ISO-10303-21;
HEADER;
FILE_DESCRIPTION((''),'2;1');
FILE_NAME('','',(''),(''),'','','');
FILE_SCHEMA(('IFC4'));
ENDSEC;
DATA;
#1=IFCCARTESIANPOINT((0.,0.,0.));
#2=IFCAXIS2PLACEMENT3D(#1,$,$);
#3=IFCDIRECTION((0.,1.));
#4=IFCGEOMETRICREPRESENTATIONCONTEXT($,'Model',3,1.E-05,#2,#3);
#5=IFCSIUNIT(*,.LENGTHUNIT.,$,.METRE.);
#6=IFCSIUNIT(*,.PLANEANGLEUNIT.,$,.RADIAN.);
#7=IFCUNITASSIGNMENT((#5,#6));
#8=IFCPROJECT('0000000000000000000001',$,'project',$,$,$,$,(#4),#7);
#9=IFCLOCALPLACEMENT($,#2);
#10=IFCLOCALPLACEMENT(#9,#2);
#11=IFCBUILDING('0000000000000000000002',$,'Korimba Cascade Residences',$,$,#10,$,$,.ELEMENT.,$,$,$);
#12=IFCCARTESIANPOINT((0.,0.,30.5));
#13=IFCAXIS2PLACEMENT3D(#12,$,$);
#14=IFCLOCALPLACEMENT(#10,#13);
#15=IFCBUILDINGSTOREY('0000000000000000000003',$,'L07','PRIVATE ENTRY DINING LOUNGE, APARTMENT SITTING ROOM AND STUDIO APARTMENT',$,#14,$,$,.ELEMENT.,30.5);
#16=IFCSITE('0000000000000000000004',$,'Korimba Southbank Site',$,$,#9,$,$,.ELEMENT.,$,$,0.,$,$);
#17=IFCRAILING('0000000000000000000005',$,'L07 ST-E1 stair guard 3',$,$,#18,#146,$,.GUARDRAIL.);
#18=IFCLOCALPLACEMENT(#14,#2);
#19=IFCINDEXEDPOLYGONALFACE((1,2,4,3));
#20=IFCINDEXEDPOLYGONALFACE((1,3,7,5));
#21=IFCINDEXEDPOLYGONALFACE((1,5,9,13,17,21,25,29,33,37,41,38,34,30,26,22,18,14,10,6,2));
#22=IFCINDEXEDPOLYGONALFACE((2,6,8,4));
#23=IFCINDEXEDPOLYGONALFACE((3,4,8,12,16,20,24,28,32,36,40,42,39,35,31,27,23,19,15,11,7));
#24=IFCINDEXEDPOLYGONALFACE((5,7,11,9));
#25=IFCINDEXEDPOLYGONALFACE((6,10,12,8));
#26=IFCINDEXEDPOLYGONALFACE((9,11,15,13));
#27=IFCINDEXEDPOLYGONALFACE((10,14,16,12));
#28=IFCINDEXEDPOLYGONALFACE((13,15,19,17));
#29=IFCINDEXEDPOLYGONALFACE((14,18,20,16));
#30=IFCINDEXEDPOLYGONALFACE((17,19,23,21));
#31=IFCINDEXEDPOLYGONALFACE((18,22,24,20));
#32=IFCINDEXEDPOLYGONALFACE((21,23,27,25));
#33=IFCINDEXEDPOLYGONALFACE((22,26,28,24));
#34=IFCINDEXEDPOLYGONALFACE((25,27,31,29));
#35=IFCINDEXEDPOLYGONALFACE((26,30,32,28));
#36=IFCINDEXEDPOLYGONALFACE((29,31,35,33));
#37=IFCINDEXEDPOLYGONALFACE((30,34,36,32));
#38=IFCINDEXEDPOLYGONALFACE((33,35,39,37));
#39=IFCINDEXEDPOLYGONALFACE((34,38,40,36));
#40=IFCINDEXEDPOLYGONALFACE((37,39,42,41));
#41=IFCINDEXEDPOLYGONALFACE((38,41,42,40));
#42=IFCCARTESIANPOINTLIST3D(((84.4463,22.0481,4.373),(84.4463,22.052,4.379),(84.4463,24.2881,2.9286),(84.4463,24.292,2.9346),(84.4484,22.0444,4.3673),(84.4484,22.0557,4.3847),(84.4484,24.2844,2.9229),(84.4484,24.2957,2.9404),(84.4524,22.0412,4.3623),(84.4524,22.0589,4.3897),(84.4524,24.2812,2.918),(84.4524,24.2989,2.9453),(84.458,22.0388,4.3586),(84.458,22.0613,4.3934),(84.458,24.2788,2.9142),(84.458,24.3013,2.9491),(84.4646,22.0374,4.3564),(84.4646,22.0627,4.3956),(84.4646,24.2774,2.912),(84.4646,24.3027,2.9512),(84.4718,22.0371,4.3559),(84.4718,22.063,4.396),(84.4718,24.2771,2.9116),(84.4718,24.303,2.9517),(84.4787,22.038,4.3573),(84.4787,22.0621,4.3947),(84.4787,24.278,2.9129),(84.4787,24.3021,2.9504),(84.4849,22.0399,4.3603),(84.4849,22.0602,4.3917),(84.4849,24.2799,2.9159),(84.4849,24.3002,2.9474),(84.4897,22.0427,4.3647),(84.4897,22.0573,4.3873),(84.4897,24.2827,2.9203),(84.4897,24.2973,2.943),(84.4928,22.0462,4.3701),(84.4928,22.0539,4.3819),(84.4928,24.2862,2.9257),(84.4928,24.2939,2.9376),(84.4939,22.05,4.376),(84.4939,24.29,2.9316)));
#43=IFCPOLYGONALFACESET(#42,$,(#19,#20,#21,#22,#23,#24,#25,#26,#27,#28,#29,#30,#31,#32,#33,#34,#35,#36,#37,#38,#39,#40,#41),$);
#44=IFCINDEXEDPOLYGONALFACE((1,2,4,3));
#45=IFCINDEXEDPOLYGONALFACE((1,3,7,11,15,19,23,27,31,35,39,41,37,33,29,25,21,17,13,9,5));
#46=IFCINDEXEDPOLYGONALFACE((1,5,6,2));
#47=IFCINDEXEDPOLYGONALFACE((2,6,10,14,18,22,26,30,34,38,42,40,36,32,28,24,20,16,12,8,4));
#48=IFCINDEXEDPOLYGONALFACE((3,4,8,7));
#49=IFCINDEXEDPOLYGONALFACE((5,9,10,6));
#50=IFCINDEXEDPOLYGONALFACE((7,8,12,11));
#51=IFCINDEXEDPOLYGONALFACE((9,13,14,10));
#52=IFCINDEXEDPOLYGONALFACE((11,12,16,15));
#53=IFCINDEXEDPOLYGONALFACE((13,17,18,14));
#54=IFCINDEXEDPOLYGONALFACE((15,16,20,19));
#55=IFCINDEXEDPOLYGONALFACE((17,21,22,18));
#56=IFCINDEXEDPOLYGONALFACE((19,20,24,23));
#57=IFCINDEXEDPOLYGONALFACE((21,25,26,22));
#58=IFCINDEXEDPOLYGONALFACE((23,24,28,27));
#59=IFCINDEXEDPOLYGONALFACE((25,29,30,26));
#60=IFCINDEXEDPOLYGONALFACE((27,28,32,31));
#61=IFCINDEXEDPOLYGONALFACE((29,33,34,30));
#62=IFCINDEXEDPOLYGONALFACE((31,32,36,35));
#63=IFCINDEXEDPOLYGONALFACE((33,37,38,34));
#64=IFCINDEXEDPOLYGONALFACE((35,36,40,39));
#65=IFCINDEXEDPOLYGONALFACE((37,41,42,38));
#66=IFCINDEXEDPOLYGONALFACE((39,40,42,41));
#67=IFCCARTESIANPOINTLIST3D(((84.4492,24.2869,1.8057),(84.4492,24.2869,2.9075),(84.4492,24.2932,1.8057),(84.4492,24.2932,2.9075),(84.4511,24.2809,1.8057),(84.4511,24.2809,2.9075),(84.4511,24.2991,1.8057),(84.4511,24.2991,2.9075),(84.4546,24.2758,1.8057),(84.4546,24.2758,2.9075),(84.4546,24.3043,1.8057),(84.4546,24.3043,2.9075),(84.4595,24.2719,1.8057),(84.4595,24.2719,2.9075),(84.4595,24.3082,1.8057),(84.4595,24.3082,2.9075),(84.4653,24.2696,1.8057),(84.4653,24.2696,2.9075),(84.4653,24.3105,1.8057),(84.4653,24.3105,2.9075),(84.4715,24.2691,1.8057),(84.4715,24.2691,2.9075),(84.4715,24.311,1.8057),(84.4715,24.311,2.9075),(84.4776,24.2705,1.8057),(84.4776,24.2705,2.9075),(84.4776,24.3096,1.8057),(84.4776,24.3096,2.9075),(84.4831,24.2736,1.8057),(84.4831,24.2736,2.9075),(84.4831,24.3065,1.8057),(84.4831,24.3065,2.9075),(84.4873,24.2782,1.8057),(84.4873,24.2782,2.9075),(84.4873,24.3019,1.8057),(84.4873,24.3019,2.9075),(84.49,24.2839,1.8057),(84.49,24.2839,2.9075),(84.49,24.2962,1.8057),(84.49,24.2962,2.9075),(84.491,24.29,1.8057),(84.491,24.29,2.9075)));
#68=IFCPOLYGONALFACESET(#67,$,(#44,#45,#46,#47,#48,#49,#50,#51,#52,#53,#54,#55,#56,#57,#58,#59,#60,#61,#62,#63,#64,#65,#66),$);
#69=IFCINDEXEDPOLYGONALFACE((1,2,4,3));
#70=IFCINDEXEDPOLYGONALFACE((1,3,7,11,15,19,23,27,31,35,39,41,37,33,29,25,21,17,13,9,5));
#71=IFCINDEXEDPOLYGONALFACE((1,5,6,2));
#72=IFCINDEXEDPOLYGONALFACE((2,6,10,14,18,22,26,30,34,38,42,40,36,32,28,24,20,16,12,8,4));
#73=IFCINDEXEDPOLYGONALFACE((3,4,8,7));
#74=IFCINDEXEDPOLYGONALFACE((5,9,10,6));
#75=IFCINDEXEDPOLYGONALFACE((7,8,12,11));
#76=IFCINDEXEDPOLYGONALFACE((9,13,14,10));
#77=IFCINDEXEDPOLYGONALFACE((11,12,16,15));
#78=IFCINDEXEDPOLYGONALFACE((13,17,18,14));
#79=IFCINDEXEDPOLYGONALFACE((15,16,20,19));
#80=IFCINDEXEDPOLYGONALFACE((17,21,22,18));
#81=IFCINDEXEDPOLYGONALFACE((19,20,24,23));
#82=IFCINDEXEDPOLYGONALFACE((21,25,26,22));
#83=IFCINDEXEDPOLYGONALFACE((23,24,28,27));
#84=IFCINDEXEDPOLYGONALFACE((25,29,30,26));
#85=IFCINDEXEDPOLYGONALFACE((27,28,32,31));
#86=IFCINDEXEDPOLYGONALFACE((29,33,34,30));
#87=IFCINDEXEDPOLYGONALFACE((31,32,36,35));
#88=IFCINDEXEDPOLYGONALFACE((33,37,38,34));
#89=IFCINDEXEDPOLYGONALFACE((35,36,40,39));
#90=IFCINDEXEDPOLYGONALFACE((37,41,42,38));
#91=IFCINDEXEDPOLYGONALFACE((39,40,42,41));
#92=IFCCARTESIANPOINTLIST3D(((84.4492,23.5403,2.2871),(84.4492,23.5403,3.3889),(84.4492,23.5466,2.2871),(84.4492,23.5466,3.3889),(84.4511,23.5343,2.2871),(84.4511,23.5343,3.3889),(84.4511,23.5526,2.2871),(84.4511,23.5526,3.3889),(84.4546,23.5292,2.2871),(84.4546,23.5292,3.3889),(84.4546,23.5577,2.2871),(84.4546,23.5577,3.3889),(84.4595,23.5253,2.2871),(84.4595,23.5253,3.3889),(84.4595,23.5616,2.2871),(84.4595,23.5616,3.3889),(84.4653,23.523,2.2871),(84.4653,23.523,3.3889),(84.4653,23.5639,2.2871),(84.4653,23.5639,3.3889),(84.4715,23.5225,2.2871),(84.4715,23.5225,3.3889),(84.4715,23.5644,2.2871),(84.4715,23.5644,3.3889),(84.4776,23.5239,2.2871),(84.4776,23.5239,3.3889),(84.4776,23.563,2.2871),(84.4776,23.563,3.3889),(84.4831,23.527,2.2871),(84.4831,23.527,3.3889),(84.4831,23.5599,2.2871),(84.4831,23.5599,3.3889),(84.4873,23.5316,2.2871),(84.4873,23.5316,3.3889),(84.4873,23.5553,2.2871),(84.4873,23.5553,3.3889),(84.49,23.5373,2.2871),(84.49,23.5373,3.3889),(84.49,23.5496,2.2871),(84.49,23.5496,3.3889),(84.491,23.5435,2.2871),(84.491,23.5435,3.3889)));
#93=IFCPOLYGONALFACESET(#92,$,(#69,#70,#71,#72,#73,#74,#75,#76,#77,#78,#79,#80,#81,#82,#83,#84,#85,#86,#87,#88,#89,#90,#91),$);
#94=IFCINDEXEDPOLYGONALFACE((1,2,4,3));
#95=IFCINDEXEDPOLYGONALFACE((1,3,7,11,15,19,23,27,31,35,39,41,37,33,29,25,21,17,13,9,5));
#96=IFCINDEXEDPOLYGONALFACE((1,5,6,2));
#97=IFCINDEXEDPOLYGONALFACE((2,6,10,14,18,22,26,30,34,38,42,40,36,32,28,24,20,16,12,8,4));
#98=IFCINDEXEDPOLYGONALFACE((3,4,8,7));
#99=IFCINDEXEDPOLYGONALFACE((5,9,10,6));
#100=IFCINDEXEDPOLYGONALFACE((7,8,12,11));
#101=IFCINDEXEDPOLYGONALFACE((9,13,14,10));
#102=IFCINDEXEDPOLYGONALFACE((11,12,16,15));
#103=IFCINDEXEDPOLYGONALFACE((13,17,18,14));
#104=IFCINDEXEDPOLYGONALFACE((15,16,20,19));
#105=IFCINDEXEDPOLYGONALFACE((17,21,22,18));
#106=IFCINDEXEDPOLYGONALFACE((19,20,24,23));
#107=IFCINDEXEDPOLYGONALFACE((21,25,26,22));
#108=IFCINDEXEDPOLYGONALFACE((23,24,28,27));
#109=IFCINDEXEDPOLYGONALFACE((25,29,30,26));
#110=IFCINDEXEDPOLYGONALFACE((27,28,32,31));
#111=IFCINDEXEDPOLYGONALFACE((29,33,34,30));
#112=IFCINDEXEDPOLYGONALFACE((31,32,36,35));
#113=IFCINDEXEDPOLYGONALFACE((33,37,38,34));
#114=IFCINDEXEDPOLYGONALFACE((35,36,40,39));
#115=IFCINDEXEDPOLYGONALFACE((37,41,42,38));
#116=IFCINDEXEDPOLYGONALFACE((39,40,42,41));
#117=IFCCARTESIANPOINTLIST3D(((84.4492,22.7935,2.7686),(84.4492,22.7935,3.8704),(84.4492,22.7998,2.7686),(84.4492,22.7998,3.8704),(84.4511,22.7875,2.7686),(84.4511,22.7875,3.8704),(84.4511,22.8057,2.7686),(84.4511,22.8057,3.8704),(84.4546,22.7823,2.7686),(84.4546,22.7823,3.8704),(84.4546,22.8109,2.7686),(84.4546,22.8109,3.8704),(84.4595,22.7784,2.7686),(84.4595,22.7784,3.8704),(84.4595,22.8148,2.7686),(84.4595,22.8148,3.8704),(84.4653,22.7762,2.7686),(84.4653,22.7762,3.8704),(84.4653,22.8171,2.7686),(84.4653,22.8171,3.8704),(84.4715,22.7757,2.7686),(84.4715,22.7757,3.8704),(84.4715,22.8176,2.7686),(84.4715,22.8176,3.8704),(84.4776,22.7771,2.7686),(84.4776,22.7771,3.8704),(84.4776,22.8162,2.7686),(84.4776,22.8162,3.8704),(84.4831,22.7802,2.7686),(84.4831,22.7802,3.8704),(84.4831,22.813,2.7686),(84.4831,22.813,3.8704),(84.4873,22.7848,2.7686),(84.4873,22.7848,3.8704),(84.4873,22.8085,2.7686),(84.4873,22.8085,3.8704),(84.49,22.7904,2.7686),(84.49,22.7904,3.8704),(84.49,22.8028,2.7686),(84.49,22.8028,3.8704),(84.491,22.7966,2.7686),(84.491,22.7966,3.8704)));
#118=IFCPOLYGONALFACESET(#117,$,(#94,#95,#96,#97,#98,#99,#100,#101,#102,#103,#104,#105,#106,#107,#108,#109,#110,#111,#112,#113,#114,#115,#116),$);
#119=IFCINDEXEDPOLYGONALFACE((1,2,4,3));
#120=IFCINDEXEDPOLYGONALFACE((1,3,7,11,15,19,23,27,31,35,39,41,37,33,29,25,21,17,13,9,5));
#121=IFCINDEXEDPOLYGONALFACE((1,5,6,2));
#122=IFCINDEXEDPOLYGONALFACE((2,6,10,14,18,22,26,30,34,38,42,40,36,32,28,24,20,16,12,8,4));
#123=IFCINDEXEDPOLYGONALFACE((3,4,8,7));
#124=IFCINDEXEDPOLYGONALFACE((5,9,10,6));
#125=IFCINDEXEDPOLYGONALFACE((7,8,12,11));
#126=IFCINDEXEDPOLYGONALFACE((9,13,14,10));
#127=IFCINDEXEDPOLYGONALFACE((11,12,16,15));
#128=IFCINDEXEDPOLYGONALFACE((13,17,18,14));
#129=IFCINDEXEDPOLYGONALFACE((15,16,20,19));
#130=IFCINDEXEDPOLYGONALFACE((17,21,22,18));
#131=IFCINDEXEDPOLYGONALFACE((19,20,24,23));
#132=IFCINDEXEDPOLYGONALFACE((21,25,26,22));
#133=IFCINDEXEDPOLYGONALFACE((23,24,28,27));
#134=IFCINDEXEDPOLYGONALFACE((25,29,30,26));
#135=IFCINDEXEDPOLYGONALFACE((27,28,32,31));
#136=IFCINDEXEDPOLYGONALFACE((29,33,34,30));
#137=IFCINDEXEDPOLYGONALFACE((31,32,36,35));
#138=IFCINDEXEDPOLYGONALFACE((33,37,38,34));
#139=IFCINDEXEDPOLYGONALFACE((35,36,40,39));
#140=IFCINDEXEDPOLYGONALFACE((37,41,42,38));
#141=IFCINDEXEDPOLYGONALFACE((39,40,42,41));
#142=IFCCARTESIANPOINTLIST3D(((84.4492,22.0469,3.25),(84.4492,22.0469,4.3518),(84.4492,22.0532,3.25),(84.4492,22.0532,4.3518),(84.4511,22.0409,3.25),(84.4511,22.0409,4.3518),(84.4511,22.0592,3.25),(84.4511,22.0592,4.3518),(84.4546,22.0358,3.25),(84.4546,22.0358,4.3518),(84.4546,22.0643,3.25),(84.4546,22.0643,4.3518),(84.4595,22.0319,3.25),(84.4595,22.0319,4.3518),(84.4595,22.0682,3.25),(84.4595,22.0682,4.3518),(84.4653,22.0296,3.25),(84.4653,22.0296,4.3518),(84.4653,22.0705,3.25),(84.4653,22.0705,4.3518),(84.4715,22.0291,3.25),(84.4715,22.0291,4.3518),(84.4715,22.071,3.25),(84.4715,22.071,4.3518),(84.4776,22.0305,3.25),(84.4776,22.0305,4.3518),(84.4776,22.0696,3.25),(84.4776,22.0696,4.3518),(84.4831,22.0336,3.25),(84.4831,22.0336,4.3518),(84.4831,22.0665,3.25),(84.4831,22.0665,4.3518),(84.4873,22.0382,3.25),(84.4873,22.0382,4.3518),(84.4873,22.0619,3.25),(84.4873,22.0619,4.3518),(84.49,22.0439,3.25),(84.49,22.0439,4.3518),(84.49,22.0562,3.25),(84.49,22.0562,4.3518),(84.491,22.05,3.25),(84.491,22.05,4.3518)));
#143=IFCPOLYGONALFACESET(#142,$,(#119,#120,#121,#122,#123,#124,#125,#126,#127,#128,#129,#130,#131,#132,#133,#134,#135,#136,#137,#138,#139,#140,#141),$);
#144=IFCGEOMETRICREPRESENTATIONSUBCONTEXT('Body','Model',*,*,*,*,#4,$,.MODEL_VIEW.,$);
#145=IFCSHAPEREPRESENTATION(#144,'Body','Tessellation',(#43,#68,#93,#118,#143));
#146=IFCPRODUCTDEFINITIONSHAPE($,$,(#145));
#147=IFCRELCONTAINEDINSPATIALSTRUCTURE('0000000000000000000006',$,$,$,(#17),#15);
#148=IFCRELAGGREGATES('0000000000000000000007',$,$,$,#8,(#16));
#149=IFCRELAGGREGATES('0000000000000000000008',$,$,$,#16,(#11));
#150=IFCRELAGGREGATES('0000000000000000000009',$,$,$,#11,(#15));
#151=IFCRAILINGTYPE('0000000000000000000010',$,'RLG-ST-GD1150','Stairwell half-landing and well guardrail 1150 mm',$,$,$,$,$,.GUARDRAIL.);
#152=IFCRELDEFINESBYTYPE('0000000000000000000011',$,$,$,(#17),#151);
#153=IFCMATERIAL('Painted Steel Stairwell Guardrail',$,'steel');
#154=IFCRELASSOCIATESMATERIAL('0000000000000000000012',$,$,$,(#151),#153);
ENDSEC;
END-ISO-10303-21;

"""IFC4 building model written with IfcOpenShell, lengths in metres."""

from ifc_helpers import new_model, si_unit, direction, frame, origin, origin_2d, place, context, subcontext, project, spatial, circle, extrude, material, type_object, element, save


model = new_model("IFC4")

# Units and contexts
model_context = context("Model", 3, precision=1e-05, world=origin(), true_north=direction((0.0, 1.0)))
body_context = subcontext(model_context, "Body", "Model", "MODEL_VIEW")
ifc_project = project(units=[si_unit("LENGTHUNIT", "METRE"), si_unit("PLANEANGLEUNIT", "RADIAN")], contexts=[model_context])

# Site, building, storey
site_placement = place(None, origin())
site = spatial("IfcSite", under=ifc_project, at=site_placement, Name="Korimba Southbank Site", CompositionType="ELEMENT", RefElevation=0.0)
building_placement = place(site_placement, origin())
building = spatial("IfcBuilding", under=site, at=building_placement, Name="Korimba Cascade Residences", CompositionType="ELEMENT")
storey_placement = place(building_placement, frame((0.0, 0.0, 30.5)))
storey = spatial("IfcBuildingStorey", under=building, at=storey_placement, Name="L07", Description="PRIVATE ENTRY DINING LOUNGE, APARTMENT SITTING ROOM AND STUDIO APARTMENT", CompositionType="ELEMENT", Elevation=30.5)

# Railing
ifc_material_1 = material(Name="Painted Steel Stairwell Guardrail", Category="steel")
railing_type_1 = type_object("IfcRailingType", Name="RLG-ST-GD1150", Description="Stairwell half-landing and well guardrail 1150 mm", PredefinedType="GUARDRAIL", material=ifc_material_1)
railing_1_placement = place(storey_placement, frame((84.47, 24.29, 1.8057)))
element("IfcRailing", 1, at=railing_1_placement, inside=storey, type_object=railing_type_1, Name="L07 ST-E1 stair guard 3", PredefinedType="GUARDRAIL", context=body_context, shape_type="SweptSolid", body=[
    extrude(circle(Radius=0.0239, at=origin_2d()), frame((0.0, 0.0, 1.126), z_axis=(0.0, -0.840437, 0.54191), x_axis=(1.0, 0.0, 0.0)), (0.0, 0.0, 1.0), 2.6653),
    extrude(circle(Radius=0.021, at=origin_2d()), origin(), (0.0, 0.0, 1.0), 1.1018),
    extrude(circle(Radius=0.021, at=origin_2d()), frame((0.0, -0.7466, 0.4814)), (0.0, 0.0, 1.0), 1.1018),
    extrude(circle(Radius=0.021, at=origin_2d()), frame((0.0, -1.4934, 0.9629)), (0.0, 0.0, 1.0), 1.1018),
    extrude(circle(Radius=0.021, at=origin_2d()), frame((0.0, -2.24, 1.4443)), (0.0, 0.0, 1.0), 1.1018),
])

save(model, "model.ifc")
